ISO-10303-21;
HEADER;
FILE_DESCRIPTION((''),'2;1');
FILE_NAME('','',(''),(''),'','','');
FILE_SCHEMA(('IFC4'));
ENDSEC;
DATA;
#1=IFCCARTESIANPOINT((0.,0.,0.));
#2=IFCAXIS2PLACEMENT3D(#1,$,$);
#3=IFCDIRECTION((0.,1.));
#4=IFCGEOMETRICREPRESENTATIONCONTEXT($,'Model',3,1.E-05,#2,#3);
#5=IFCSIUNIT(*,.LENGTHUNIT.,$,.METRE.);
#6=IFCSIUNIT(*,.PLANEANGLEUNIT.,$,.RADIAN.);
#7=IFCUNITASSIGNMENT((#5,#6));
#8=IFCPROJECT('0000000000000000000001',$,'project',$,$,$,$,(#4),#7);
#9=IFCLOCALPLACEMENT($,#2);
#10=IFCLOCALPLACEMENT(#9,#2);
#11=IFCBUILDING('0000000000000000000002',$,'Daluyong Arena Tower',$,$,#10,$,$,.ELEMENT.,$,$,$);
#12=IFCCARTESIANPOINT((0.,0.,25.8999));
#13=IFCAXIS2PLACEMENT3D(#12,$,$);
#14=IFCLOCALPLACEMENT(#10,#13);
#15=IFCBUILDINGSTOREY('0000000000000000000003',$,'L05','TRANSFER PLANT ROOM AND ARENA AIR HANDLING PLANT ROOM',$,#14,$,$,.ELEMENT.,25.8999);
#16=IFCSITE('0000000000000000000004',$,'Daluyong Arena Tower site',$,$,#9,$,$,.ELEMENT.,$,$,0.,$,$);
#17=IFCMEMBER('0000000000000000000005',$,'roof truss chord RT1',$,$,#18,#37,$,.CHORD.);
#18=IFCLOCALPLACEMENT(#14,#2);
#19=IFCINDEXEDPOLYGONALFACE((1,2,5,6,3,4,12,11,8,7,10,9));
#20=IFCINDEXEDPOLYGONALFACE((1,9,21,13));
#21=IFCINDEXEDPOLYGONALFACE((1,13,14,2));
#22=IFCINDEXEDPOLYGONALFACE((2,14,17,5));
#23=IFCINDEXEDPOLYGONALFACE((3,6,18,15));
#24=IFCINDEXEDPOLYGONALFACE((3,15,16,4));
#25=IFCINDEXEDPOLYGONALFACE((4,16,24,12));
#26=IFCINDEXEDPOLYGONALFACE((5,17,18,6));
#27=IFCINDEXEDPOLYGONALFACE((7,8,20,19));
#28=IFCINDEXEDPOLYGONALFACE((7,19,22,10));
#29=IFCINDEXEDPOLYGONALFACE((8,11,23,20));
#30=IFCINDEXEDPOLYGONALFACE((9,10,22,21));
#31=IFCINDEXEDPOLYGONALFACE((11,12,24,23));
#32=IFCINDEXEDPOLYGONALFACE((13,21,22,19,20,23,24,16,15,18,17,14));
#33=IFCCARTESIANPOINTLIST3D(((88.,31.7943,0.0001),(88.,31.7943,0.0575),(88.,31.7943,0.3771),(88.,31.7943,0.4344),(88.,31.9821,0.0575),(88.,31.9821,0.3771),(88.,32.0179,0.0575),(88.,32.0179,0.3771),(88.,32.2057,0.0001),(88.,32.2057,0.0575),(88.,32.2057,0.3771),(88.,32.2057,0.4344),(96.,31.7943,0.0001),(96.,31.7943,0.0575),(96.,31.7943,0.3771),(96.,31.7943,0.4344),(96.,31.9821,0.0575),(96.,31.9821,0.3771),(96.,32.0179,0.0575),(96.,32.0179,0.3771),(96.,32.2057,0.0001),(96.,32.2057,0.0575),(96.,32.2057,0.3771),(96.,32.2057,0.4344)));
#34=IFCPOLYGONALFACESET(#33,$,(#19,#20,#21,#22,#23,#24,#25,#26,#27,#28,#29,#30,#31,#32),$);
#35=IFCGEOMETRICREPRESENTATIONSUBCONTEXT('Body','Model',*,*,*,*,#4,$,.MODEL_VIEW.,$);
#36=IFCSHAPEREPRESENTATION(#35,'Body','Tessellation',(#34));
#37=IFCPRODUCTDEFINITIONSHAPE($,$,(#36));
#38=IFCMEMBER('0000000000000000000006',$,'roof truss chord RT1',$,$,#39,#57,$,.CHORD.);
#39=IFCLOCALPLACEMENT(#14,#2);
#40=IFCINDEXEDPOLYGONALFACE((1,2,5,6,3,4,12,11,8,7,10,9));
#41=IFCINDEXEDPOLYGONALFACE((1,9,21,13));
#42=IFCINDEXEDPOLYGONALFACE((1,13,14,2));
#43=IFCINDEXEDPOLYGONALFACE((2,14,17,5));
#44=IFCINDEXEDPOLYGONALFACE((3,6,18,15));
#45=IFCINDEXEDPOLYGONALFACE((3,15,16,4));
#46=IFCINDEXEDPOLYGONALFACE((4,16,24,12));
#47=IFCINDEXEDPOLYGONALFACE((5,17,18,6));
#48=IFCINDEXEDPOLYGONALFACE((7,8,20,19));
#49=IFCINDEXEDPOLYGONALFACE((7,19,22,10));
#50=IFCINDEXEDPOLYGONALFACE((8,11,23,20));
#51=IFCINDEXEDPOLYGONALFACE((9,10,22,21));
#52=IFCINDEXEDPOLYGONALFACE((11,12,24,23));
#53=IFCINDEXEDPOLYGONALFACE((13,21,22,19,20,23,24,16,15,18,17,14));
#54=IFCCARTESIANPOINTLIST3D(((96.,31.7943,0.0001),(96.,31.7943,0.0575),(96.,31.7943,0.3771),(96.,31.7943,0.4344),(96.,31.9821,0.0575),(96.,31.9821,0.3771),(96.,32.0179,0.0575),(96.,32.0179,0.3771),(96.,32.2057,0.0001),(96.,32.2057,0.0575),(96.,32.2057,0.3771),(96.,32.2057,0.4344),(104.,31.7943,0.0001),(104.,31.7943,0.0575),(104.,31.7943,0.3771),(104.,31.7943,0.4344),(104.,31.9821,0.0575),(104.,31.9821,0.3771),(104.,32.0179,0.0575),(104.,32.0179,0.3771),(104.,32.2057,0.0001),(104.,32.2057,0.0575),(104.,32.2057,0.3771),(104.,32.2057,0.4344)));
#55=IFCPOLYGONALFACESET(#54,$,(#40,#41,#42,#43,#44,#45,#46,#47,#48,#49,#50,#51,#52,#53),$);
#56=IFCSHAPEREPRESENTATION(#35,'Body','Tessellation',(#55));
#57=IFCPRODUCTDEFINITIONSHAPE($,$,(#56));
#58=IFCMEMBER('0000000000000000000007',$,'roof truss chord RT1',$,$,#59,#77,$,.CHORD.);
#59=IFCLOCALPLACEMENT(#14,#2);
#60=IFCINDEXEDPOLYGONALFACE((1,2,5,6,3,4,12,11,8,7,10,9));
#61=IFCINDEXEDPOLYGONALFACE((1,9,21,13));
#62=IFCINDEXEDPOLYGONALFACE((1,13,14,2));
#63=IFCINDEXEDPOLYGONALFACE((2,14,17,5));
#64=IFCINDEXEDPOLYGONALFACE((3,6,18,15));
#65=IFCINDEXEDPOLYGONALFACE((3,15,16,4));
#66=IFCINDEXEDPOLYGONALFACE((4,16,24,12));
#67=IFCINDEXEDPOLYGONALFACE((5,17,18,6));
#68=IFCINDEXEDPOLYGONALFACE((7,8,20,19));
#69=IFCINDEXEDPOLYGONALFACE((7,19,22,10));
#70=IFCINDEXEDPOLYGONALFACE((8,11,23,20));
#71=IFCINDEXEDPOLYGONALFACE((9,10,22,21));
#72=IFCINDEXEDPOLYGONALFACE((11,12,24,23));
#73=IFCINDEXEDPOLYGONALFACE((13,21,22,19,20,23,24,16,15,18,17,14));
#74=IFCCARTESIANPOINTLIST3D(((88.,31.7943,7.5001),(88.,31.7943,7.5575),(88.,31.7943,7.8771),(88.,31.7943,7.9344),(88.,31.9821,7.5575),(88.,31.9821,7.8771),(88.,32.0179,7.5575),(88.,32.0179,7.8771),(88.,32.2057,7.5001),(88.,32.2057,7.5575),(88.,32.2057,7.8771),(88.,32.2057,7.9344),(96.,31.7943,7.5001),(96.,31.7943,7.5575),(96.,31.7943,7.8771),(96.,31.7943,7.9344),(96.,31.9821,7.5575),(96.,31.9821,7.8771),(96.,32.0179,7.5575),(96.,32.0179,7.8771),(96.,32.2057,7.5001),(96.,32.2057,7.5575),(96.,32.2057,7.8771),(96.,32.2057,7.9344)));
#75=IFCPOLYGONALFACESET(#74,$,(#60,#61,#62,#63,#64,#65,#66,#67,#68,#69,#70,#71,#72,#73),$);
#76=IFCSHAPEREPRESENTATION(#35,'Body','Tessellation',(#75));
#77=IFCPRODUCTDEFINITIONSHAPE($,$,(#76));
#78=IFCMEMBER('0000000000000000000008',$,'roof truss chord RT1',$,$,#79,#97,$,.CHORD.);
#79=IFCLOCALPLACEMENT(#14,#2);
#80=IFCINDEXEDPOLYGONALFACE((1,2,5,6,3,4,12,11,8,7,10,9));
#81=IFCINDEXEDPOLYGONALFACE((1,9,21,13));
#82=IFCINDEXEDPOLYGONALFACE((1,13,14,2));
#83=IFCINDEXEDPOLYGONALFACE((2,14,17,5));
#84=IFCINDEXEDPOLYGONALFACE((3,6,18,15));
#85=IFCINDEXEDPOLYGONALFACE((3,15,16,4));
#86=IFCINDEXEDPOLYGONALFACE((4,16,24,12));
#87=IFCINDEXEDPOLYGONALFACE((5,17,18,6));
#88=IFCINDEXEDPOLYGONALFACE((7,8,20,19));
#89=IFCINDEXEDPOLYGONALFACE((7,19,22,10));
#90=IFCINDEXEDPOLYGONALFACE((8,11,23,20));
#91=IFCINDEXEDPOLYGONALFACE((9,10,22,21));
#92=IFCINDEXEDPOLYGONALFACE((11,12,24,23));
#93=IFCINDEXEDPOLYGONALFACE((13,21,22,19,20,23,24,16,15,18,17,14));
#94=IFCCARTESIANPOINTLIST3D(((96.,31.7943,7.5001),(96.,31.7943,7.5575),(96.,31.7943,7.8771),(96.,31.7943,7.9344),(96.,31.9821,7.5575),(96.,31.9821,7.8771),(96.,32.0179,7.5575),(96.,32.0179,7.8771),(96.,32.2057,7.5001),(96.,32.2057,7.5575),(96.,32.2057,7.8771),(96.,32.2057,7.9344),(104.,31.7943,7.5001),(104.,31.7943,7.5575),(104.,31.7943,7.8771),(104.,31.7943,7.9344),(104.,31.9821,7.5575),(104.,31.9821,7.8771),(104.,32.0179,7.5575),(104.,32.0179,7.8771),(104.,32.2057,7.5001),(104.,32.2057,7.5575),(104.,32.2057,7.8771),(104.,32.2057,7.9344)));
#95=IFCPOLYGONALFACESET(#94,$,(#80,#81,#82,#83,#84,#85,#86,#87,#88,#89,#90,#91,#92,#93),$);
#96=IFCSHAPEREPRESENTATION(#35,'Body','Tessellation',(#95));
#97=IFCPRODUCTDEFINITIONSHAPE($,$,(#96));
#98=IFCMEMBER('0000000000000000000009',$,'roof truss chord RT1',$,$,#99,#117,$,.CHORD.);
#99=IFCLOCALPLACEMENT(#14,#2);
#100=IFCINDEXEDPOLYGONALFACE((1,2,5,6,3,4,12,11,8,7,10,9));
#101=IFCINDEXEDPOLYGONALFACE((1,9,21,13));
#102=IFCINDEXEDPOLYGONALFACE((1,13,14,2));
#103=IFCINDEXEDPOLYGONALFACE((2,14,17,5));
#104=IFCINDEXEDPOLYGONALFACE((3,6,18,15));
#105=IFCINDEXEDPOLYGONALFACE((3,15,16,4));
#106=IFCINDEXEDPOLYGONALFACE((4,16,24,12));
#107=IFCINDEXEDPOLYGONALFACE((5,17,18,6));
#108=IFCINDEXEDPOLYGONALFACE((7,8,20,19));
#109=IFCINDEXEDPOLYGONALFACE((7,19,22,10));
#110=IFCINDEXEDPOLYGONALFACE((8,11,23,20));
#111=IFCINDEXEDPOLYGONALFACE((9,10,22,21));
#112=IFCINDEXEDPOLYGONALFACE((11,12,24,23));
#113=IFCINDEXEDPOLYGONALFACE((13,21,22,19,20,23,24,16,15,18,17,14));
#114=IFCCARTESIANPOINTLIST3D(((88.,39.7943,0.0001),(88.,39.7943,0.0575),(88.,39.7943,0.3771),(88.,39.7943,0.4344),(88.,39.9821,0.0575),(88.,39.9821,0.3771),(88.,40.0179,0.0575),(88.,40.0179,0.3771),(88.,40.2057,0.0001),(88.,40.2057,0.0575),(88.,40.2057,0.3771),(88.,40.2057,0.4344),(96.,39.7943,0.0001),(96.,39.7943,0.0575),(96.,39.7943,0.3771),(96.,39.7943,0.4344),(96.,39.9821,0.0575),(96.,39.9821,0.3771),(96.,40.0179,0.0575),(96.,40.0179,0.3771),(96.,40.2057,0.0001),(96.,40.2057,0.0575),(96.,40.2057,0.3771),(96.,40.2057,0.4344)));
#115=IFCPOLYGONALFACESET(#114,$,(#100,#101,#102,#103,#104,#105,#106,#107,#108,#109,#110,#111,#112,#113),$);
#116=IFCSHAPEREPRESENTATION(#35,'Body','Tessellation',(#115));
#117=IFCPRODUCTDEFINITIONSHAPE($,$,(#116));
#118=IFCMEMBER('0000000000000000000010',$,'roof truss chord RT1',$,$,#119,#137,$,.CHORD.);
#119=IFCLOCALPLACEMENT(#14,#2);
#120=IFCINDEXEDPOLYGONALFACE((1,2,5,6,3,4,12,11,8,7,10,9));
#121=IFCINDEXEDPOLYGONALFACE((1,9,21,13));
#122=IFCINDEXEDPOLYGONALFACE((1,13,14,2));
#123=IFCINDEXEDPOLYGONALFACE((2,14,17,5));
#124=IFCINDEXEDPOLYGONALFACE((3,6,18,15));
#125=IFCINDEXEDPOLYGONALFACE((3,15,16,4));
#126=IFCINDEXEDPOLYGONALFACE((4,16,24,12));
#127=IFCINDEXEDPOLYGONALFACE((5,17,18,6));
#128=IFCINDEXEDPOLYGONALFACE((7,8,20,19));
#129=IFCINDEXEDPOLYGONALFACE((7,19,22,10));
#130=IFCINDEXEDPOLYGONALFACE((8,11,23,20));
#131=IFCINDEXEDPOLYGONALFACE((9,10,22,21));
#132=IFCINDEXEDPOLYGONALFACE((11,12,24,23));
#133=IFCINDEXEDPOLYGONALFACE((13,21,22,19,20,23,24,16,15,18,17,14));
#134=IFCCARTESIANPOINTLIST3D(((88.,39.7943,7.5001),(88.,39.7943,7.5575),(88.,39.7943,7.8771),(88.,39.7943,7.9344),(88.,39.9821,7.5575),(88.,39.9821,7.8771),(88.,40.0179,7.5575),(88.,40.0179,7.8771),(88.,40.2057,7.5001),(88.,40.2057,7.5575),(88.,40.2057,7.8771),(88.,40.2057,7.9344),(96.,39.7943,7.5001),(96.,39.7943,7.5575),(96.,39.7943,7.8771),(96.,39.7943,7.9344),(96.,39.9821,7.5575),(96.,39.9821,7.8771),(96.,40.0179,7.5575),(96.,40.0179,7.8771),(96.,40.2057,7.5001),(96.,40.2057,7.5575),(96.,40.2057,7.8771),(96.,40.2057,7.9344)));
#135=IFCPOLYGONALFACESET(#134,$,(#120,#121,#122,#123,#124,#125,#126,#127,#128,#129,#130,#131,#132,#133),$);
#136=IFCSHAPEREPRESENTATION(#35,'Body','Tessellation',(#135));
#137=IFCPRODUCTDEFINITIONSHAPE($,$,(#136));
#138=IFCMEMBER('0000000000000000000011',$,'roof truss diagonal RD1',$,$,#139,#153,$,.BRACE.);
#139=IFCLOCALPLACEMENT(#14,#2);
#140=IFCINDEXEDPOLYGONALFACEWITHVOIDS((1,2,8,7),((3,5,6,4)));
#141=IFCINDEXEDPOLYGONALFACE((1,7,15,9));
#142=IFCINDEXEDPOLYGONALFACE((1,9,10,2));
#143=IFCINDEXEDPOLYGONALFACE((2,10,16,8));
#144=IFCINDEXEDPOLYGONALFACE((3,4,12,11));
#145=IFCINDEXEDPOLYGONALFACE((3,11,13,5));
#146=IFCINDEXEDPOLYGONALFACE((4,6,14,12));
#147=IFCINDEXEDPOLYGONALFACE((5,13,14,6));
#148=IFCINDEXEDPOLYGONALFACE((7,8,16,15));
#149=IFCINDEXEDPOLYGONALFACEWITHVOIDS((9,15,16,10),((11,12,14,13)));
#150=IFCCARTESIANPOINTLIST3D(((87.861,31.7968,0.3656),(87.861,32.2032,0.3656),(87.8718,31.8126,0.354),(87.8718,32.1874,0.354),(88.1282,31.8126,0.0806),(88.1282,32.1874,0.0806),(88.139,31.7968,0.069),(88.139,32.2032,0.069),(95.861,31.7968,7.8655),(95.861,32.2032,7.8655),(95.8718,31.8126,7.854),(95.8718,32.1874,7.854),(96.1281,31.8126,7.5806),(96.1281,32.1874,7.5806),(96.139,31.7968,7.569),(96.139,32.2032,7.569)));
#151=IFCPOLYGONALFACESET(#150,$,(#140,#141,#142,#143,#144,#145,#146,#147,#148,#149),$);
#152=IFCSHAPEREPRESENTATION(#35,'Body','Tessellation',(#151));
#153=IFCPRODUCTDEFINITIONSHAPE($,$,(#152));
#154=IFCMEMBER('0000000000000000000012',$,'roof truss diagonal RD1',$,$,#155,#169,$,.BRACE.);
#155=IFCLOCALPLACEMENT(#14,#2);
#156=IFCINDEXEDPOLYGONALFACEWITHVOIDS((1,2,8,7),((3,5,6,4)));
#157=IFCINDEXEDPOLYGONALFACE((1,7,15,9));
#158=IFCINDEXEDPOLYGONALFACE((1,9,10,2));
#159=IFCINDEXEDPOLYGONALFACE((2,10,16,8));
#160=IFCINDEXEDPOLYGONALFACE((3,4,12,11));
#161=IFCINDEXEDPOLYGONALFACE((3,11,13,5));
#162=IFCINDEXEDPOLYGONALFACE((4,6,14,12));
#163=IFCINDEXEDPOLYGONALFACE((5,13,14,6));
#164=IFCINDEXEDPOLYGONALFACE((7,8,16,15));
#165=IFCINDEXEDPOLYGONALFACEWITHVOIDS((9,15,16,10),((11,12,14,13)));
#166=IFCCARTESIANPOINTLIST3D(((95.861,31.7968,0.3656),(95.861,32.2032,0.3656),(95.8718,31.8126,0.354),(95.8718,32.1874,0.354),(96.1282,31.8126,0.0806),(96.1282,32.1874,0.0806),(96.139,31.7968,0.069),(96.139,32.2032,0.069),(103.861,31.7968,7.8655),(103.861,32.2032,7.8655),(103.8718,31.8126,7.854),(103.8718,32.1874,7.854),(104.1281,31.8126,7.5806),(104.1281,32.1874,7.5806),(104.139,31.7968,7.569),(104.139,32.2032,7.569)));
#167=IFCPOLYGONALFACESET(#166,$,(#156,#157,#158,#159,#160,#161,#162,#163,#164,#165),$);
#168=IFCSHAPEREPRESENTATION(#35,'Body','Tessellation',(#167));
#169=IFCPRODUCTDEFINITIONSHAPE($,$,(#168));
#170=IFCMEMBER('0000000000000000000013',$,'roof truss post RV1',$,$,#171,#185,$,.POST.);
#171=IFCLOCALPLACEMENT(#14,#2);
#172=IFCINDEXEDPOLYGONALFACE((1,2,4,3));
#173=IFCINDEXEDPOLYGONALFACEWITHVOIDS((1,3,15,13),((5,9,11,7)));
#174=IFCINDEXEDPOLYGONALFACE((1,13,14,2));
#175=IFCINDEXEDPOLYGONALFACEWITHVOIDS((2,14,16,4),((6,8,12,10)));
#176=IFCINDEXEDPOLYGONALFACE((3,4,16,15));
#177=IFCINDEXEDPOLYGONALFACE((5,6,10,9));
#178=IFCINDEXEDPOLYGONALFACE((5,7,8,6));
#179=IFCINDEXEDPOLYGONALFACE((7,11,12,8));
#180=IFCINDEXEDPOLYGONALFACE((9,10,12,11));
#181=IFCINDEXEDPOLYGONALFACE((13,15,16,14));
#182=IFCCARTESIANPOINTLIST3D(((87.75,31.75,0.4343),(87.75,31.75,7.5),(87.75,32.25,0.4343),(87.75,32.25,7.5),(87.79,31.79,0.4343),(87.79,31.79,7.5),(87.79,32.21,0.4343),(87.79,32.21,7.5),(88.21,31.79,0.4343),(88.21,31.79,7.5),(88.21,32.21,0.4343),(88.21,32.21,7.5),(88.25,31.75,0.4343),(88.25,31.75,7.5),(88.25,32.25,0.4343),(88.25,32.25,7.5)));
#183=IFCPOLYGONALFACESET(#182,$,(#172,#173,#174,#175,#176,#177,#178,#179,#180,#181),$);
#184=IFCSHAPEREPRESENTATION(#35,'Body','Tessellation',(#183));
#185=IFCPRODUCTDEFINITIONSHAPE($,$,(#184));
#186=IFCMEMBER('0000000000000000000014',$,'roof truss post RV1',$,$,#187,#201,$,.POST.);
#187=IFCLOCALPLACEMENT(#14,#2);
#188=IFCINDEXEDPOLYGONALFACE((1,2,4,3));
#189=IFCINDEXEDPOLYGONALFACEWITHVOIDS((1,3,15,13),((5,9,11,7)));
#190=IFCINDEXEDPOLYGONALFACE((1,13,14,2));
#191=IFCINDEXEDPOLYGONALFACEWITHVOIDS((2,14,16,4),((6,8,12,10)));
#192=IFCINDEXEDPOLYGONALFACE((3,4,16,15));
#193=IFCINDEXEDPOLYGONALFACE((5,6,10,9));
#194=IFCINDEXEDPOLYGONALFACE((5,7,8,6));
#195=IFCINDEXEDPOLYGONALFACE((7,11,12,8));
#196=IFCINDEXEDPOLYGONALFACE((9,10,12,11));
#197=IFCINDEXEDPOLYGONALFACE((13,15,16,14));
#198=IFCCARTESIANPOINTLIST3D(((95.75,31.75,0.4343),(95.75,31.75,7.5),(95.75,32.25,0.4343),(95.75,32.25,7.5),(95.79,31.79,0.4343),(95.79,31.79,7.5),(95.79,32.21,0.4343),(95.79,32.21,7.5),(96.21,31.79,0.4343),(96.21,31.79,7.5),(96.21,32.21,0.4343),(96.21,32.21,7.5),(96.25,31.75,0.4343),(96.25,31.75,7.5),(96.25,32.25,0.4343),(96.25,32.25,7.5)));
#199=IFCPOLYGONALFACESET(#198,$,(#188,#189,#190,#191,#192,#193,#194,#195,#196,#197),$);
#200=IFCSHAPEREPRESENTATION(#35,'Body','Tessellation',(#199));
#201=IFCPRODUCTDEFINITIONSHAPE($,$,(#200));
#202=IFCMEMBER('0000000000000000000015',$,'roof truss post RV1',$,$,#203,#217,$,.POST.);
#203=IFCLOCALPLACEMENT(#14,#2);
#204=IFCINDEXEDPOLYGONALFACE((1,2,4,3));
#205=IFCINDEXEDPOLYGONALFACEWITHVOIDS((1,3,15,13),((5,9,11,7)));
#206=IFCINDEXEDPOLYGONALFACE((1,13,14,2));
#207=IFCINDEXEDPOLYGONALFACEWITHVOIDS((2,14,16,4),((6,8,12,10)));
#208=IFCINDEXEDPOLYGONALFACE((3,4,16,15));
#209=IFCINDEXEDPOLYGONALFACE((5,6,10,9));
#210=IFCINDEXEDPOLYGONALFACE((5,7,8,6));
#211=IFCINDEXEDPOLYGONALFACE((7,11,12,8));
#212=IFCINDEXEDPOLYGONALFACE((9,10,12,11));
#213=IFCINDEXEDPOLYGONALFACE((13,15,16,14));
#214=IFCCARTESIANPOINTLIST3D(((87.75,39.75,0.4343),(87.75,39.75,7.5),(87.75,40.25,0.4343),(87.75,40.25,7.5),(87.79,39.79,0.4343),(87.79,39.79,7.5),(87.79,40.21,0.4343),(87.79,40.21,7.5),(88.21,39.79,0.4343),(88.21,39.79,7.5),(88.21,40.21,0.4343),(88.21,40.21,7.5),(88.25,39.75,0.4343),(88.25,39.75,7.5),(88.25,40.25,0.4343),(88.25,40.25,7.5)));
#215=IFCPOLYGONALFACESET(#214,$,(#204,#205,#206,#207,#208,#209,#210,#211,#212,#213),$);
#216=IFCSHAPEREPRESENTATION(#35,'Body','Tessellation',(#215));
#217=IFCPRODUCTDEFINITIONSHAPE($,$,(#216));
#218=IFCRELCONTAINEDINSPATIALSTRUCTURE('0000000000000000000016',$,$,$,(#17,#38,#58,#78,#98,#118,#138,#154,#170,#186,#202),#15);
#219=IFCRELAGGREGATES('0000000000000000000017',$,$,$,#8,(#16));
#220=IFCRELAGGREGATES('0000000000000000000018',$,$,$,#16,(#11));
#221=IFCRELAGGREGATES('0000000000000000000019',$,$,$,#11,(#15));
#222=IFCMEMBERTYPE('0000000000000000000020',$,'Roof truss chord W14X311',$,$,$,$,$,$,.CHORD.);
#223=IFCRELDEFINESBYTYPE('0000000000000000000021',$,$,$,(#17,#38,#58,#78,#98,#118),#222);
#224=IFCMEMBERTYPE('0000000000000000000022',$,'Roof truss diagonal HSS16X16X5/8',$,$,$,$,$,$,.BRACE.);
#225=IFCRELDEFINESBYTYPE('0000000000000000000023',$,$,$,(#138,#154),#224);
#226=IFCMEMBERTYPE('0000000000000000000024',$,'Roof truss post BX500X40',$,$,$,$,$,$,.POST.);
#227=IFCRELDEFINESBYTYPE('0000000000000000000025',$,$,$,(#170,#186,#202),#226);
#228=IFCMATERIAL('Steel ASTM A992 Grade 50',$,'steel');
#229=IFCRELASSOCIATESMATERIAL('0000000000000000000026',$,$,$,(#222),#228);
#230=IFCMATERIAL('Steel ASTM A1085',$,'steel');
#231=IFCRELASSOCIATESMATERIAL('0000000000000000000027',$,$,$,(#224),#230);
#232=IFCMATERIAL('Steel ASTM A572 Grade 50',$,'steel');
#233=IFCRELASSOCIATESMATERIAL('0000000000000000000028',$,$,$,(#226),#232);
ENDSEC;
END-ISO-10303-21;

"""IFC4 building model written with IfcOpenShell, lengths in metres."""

from ifc_helpers import new_model, si_unit, direction, frame, origin, origin_2d, place, context, subcontext, project, spatial, hollow_rectangle, i_section, extrude, material, material_profile, profile_set, type_object, element, save


model = new_model("IFC4")

# Units and contexts
model_context = context("Model", 3, precision=1e-05, world=origin(), true_north=direction((0.0, 1.0)))
body_context = subcontext(model_context, "Body", "Model", "MODEL_VIEW")
ifc_project = project(units=[si_unit("LENGTHUNIT", "METRE"), si_unit("PLANEANGLEUNIT", "RADIAN")], contexts=[model_context])

# Site, building, storey
site_placement = place(None, origin())
site = spatial("IfcSite", under=ifc_project, at=site_placement, Name="Daluyong Arena Tower site", CompositionType="ELEMENT", RefElevation=0.0)
building_placement = place(site_placement, origin())
building = spatial("IfcBuilding", under=site, at=building_placement, Name="Daluyong Arena Tower", CompositionType="ELEMENT")
storey_placement = place(building_placement, frame((0.0, 0.0, 25.8999)))
storey = spatial("IfcBuildingStorey", under=building, at=storey_placement, Name="L05", Description="TRANSFER PLANT ROOM AND ARENA AIR HANDLING PLANT ROOM", CompositionType="ELEMENT", Elevation=25.8999)

# Members
ifc_material_1 = material(Name="Steel ASTM A992 Grade 50", Category="steel")
ifc_material_profile_1 = material_profile(ifc_material_1, i_section(OverallWidth=0.4114, OverallDepth=0.4343, WebThickness=0.0359, FlangeThickness=0.0574, at=origin_2d()))
ifc_profile_set_1 = profile_set([ifc_material_profile_1], Name="Steel ASTM A992 Grade 50")
member_type_1 = type_object("IfcMemberType", Name="Roof truss chord W14X311", PredefinedType="CHORD", material=ifc_profile_set_1)
for number, where, z_axis, x_axis, name in (
    (1, (88.0, 32.0, 0.2173), (1.0, 0.0, 0.0), (0.0, 1.0, 0.0), "roof truss chord RT1"),
    (2, (96.0, 32.0, 0.2173), (1.0, 0.0, 0.0), (0.0, 1.0, 0.0), "roof truss chord RT1"),
    (3, (88.0, 32.0, 7.7173), (1.0, 0.0, 0.0), (0.0, 1.0, 0.0), "roof truss chord RT1"),
    (4, (96.0, 32.0, 7.7173), (1.0, 0.0, 0.0), (0.0, 1.0, 0.0), "roof truss chord RT1"),
    (5, (88.0, 40.0, 0.2173), (1.0, 0.0, 0.0), (0.0, 1.0, 0.0), "roof truss chord RT1"),
    (6, (88.0, 40.0, 7.7173), (1.0, 0.0, 0.0), (0.0, 1.0, 0.0), "roof truss chord RT1"),
):
    element("IfcMember", number, at=place(storey_placement, frame(where, z_axis=z_axis, x_axis=x_axis)), inside=storey, type_object=member_type_1, Name=name, PredefinedType="CHORD", context=body_context, shape_type="SweptSolid", body=[
        extrude(i_section(OverallWidth=0.4114, OverallDepth=0.4343, WebThickness=0.0359, FlangeThickness=0.0574, at=origin_2d()), origin(), (0.0, 0.0, 1.0), 8.0),
    ])
ifc_material_2 = material(Name="Steel ASTM A1085", Category="steel")
ifc_material_profile_2 = material_profile(ifc_material_2, hollow_rectangle(XDim=0.4065, YDim=0.4065, WallThickness=0.0159, at=origin_2d()))
ifc_profile_set_2 = profile_set([ifc_material_profile_2], Name="Steel ASTM A1085")
member_type_2 = type_object("IfcMemberType", Name="Roof truss diagonal HSS16X16X5/8", PredefinedType="BRACE", material=ifc_profile_set_2)
for number, where, z_axis, x_axis, name in (
    (7, (88.0, 32.0, 0.2173), (0.729537, 0.0, 0.683941), (0.0, 1.0, 0.0), "roof truss diagonal RD1"),
    (8, (96.0, 32.0, 0.2173), (0.729537, 0.0, 0.683941), (0.0, 1.0, 0.0), "roof truss diagonal RD1"),
):
    element("IfcMember", number, at=place(storey_placement, frame(where, z_axis=z_axis, x_axis=x_axis)), inside=storey, type_object=member_type_2, Name=name, PredefinedType="BRACE", context=body_context, shape_type="SweptSolid", body=[
        extrude(hollow_rectangle(XDim=0.4065, YDim=0.4065, WallThickness=0.0159, at=origin_2d()), origin(), (0.0, 0.0, 1.0), 10.9658),
    ])
ifc_material_3 = material(Name="Steel ASTM A572 Grade 50", Category="steel")
ifc_material_profile_3 = material_profile(ifc_material_3, hollow_rectangle(XDim=0.5, YDim=0.5, WallThickness=0.04, at=origin_2d()))
ifc_profile_set_3 = profile_set([ifc_material_profile_3], Name="Steel ASTM A572 Grade 50")
member_type_3 = type_object("IfcMemberType", Name="Roof truss post BX500X40", PredefinedType="POST", material=ifc_profile_set_3)
for number, where, z_axis, x_axis, name in (
    (9, (88.0, 32.0, 0.4343), (0.0, 0.0, 1.0), (1.0, 0.0, 0.0), "roof truss post RV1"),
    (10, (96.0, 32.0, 0.4343), (0.0, 0.0, 1.0), (1.0, 0.0, 0.0), "roof truss post RV1"),
    (11, (88.0, 40.0, 0.4343), (0.0, 0.0, 1.0), (1.0, 0.0, 0.0), "roof truss post RV1"),
):
    element("IfcMember", number, at=place(storey_placement, frame(where, z_axis=z_axis, x_axis=x_axis)), inside=storey, type_object=member_type_3, Name=name, PredefinedType="POST", context=body_context, shape_type="SweptSolid", body=[
        extrude(hollow_rectangle(XDim=0.5, YDim=0.5, WallThickness=0.04, at=origin_2d()), origin(), (0.0, 0.0, 1.0), 7.0657),
    ])

save(model, "model.ifc")
